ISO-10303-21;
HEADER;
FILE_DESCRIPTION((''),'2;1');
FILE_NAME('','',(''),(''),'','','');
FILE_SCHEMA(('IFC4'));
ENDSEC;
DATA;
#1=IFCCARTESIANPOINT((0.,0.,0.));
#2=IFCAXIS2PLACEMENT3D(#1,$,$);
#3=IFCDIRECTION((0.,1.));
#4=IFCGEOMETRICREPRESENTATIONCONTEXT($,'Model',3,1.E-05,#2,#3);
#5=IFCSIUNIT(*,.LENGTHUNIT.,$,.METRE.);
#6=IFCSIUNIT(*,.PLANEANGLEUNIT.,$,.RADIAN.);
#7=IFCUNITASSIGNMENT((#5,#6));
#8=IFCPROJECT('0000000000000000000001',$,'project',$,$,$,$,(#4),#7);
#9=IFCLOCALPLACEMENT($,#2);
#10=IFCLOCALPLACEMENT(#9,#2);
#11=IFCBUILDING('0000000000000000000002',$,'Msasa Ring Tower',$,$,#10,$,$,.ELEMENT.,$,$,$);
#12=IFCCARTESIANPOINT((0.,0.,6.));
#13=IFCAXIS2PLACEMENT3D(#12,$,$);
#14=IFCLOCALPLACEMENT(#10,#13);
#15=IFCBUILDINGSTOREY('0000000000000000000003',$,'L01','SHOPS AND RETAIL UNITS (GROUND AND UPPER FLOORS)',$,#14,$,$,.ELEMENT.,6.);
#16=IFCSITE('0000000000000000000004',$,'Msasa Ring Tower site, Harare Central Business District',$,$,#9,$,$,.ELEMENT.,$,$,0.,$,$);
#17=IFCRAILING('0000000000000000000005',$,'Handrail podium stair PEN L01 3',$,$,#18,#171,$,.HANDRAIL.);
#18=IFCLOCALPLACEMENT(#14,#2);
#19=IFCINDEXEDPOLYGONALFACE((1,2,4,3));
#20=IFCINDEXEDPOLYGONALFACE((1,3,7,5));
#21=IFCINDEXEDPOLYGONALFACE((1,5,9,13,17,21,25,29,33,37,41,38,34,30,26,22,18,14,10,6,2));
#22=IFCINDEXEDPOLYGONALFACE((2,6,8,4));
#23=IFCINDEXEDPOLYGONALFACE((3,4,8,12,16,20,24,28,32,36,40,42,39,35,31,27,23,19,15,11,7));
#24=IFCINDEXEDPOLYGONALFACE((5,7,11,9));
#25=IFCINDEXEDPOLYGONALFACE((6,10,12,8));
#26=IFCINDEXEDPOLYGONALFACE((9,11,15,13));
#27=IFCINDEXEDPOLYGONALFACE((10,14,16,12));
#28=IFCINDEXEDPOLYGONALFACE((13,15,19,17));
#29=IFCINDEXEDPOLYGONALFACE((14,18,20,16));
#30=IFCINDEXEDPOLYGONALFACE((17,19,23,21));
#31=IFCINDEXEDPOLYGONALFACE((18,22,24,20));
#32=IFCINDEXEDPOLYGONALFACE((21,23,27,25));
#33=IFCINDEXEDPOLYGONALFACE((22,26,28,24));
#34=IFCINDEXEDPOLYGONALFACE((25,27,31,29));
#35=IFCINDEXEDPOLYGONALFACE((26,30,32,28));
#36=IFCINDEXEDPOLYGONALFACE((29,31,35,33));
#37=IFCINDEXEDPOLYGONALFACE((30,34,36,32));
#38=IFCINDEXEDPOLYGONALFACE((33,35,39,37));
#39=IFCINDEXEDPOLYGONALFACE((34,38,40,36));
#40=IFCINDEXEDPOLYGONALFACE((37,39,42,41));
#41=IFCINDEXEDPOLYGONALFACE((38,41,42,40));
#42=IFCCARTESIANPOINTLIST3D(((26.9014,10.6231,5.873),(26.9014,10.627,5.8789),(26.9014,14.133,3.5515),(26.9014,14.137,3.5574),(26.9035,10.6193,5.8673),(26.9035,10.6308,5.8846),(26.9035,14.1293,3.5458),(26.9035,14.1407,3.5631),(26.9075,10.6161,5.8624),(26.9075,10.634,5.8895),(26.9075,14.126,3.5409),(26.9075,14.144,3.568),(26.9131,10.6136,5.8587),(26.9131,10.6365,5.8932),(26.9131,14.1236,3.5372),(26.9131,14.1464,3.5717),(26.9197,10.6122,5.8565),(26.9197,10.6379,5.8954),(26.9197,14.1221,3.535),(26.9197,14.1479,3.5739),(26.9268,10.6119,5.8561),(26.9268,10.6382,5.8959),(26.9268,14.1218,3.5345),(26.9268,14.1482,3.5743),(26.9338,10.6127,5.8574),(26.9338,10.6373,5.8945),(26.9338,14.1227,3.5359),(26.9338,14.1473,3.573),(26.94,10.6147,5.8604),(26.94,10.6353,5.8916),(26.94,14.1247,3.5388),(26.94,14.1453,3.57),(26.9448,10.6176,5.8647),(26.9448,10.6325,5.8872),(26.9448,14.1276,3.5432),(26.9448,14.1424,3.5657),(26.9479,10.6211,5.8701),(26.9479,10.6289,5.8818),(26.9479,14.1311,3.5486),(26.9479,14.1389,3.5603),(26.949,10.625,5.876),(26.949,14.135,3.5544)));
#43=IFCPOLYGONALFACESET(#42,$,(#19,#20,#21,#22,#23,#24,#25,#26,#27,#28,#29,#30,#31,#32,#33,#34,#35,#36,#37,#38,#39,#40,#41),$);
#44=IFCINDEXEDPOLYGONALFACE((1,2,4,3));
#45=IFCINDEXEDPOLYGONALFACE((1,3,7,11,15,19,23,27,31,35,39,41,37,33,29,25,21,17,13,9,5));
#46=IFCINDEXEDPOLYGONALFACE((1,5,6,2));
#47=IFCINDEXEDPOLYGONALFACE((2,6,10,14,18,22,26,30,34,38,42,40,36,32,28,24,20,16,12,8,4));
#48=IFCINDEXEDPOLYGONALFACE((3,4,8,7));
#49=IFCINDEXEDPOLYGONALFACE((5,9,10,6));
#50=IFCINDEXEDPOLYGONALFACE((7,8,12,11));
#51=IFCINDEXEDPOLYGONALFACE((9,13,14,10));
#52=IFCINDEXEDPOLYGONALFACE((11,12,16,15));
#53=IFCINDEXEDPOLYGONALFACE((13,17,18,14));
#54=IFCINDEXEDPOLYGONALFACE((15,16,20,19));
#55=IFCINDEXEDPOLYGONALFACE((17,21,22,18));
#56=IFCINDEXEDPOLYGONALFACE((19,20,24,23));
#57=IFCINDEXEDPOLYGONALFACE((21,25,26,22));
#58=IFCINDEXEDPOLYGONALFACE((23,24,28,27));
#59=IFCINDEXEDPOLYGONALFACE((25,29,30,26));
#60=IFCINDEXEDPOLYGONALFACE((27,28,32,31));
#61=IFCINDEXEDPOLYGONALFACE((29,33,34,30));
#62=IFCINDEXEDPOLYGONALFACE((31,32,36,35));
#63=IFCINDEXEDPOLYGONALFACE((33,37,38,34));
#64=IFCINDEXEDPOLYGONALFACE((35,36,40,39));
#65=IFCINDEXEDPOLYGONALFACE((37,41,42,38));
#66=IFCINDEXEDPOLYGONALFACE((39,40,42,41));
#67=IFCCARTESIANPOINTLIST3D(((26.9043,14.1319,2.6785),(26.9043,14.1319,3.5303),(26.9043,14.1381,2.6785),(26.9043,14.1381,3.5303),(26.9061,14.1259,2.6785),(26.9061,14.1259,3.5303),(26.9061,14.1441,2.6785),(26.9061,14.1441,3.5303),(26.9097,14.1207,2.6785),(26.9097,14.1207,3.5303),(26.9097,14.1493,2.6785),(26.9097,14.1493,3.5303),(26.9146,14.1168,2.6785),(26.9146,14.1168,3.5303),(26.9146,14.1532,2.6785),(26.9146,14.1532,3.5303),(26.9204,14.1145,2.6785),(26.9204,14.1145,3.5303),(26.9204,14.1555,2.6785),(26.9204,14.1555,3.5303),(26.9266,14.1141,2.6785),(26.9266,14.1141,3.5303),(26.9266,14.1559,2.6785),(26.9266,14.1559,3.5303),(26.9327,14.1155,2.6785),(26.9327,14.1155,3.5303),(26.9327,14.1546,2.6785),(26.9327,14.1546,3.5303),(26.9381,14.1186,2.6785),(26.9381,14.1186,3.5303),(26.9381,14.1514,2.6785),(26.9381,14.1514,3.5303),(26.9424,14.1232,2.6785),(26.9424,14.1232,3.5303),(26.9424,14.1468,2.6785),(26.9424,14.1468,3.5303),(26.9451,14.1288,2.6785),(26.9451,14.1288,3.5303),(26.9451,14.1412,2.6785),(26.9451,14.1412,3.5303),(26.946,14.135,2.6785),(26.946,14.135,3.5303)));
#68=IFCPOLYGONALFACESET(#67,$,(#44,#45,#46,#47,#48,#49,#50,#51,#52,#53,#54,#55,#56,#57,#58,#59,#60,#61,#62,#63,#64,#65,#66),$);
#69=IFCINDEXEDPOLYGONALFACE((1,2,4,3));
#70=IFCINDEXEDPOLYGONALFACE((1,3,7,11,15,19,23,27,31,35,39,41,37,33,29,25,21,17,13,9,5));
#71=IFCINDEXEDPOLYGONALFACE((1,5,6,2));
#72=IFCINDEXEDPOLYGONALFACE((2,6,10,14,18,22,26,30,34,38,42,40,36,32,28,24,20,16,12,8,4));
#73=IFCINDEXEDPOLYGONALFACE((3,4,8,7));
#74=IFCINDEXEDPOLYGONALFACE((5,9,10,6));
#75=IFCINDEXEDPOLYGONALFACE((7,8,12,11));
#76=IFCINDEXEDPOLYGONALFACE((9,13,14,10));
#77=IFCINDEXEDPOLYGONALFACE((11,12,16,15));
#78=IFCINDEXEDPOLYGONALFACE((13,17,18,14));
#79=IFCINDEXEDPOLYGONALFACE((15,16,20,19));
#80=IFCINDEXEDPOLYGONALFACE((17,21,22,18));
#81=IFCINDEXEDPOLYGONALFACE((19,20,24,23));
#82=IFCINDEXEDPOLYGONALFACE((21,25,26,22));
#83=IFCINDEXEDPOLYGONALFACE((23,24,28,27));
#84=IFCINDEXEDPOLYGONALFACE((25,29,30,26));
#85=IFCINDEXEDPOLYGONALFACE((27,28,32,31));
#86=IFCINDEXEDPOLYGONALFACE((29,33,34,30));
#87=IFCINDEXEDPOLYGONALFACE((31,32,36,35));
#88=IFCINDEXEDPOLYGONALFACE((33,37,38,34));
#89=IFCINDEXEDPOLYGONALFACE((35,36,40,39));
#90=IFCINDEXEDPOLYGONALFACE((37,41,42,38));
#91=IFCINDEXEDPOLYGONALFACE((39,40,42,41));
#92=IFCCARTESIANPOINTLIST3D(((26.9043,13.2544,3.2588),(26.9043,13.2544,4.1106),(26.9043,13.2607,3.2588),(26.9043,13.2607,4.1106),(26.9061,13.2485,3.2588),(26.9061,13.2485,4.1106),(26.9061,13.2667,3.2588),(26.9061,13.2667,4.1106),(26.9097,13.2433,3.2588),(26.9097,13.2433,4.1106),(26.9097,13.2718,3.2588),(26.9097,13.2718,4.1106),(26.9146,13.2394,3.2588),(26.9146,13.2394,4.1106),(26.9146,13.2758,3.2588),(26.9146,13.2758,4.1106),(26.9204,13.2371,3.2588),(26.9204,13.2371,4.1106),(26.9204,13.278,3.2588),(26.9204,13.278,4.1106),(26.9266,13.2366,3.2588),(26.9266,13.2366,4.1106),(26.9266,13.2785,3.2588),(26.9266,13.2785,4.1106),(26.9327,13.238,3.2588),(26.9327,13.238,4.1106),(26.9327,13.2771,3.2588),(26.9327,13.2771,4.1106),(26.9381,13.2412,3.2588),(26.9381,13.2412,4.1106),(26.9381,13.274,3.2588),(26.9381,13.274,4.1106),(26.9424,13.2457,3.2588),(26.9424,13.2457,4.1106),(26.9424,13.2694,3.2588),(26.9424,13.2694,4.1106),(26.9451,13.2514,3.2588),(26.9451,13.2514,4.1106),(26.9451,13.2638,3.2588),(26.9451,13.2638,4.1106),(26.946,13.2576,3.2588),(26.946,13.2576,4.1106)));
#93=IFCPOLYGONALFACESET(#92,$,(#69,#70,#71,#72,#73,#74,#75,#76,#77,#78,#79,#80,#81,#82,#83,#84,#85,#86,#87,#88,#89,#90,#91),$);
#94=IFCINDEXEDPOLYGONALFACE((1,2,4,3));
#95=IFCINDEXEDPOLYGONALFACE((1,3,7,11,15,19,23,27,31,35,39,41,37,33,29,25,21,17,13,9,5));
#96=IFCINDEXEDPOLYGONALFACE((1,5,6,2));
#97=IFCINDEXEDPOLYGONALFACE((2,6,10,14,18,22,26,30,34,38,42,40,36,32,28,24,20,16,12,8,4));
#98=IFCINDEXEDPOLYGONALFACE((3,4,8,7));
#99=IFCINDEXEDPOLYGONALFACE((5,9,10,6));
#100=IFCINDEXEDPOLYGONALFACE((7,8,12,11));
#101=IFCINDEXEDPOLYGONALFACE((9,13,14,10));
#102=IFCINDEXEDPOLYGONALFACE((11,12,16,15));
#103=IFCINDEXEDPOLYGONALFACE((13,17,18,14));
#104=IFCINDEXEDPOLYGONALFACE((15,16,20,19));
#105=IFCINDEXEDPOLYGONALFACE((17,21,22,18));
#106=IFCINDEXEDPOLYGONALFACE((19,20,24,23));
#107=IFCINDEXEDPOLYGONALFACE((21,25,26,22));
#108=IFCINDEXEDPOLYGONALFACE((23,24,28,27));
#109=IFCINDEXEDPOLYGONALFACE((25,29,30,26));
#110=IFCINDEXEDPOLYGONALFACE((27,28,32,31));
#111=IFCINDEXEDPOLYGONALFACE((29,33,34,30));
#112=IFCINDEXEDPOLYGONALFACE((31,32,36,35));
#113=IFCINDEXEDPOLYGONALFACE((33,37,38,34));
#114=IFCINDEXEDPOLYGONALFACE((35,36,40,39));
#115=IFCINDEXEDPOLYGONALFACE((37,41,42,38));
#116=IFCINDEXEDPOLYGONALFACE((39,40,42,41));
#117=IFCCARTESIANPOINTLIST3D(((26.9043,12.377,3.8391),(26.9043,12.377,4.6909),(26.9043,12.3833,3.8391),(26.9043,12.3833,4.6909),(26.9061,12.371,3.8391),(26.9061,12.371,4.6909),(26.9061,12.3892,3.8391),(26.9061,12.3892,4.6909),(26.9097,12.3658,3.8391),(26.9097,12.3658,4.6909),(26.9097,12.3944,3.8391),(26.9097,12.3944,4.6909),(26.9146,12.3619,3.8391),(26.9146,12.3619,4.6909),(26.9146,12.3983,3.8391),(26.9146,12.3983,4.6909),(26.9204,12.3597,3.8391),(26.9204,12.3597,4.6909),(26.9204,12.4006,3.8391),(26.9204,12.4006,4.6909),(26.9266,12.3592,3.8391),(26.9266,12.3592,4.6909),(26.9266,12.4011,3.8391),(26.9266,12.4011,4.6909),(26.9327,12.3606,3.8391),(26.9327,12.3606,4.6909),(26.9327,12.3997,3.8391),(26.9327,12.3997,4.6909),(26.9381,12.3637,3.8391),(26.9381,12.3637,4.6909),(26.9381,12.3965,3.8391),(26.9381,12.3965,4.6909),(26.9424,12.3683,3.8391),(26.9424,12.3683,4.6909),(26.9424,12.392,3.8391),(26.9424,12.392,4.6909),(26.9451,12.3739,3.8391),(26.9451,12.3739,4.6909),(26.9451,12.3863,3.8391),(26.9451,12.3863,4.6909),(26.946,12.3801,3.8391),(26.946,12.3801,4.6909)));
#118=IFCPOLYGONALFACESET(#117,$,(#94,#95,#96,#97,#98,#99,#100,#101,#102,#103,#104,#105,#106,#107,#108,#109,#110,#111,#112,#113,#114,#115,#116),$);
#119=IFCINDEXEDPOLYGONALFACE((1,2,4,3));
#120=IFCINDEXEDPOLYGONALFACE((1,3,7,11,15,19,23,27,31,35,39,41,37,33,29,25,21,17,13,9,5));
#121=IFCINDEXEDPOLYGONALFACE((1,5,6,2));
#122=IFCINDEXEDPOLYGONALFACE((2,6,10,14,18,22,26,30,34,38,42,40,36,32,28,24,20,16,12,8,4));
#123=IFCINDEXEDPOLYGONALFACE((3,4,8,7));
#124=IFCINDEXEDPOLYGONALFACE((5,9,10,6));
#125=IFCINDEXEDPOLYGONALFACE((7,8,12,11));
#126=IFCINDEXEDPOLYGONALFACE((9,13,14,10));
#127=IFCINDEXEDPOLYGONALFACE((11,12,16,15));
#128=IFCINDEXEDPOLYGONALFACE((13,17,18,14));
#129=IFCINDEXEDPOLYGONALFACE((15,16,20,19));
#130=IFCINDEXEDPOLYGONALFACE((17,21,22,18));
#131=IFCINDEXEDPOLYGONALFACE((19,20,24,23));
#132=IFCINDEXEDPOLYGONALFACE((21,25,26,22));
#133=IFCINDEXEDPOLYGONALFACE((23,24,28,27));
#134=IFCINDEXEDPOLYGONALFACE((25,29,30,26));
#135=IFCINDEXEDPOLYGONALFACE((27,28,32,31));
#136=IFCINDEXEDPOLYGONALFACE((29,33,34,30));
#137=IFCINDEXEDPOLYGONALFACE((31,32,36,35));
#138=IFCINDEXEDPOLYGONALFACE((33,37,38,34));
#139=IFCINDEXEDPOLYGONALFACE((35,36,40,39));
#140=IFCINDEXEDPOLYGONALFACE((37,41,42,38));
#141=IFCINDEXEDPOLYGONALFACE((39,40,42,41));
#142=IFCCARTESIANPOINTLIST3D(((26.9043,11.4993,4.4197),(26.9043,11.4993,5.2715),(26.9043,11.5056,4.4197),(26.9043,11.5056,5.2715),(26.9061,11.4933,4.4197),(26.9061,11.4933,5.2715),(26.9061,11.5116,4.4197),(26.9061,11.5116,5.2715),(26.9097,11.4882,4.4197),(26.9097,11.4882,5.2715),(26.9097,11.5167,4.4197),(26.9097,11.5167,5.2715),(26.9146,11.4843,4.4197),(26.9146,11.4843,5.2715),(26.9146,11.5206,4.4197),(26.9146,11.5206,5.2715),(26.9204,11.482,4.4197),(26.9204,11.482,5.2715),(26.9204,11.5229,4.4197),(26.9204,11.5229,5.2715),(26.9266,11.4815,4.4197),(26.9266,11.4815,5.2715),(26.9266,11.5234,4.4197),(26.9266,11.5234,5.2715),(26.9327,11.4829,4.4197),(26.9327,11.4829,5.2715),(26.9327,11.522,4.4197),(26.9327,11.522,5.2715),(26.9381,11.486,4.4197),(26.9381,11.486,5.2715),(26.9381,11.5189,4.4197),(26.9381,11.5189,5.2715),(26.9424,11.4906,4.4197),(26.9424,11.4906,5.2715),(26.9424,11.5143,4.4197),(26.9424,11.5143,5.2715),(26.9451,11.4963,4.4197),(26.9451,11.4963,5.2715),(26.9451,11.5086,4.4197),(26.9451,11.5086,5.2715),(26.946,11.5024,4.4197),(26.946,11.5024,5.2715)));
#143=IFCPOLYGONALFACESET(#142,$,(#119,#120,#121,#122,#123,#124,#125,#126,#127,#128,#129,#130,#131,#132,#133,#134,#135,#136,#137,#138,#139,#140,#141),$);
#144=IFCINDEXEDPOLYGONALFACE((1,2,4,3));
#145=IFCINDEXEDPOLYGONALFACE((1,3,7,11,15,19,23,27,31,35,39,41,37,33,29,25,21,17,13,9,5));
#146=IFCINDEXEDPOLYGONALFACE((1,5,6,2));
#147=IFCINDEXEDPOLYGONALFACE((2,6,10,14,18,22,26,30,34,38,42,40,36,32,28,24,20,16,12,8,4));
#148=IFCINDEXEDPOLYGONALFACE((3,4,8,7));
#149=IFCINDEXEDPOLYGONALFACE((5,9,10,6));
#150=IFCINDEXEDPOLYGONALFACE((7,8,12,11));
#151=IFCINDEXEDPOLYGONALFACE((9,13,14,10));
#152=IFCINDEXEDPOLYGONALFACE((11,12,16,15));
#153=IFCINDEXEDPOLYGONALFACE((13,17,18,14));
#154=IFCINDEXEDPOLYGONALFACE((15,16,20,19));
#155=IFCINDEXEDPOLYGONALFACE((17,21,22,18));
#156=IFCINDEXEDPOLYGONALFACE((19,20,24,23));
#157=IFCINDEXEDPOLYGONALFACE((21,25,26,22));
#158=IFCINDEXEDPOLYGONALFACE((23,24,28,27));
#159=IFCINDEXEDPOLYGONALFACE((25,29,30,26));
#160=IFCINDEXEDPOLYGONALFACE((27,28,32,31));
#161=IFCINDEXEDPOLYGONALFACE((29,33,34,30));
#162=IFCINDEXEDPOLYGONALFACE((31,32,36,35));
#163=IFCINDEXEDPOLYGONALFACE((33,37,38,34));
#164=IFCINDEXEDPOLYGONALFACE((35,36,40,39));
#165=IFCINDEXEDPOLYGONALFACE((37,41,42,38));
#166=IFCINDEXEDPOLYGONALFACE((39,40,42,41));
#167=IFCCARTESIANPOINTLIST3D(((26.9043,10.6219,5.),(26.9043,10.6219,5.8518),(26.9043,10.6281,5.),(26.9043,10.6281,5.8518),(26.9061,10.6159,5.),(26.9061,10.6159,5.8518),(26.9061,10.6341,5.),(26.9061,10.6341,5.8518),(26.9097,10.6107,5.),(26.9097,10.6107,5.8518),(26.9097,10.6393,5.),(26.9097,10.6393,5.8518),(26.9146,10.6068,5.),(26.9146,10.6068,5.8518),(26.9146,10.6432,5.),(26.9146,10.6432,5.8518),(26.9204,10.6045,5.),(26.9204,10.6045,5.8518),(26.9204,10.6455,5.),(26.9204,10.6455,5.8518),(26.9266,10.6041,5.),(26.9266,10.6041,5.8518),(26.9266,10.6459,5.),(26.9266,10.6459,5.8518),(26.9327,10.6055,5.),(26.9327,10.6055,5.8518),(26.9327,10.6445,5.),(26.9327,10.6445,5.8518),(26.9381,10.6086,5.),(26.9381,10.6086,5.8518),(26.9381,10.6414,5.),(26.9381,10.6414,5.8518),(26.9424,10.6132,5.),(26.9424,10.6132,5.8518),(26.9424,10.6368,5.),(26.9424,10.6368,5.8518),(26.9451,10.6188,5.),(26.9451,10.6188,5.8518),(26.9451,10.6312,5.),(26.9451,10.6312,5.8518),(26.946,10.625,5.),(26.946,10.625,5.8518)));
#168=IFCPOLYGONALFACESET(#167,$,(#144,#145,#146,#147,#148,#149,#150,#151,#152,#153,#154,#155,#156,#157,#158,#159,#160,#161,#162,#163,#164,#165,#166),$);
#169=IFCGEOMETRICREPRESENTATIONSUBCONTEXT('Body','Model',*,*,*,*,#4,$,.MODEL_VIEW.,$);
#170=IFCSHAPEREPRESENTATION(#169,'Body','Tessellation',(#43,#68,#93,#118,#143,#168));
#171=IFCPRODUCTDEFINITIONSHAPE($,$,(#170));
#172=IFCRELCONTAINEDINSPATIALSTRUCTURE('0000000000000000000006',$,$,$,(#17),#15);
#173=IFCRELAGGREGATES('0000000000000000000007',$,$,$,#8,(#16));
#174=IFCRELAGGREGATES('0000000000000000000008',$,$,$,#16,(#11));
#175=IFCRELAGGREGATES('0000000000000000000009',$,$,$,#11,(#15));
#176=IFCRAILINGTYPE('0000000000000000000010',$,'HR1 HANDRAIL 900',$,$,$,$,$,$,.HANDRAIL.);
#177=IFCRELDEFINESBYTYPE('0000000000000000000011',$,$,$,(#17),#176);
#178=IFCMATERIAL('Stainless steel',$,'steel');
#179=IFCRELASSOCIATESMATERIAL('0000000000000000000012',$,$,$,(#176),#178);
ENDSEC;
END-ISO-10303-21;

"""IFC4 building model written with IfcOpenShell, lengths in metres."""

from ifc_helpers import new_model, si_unit, direction, frame, origin, origin_2d, place, context, subcontext, project, spatial, circle, extrude, material, type_object, element, save


model = new_model("IFC4")

# Units and contexts
model_context = context("Model", 3, precision=1e-05, world=origin(), true_north=direction((0.0, 1.0)))
body_context = subcontext(model_context, "Body", "Model", "MODEL_VIEW")
ifc_project = project(units=[si_unit("LENGTHUNIT", "METRE"), si_unit("PLANEANGLEUNIT", "RADIAN")], contexts=[model_context])

# Site, building, storey
site_placement = place(None, origin())
site = spatial("IfcSite", under=ifc_project, at=site_placement, Name="Msasa Ring Tower site, Harare Central Business District", CompositionType="ELEMENT", RefElevation=0.0)
building_placement = place(site_placement, origin())
building = spatial("IfcBuilding", under=site, at=building_placement, Name="Msasa Ring Tower", CompositionType="ELEMENT")
storey_placement = place(building_placement, frame((0.0, 0.0, 6.0)))
storey = spatial("IfcBuildingStorey", under=building, at=storey_placement, Name="L01", Description="SHOPS AND RETAIL UNITS (GROUND AND UPPER FLOORS)", CompositionType="ELEMENT", Elevation=6.0)

# Railing
ifc_material_1 = material(Name="Stainless steel", Category="steel")
railing_type = type_object("IfcRailingType", Name="HR1 HANDRAIL 900", PredefinedType="HANDRAIL", material=ifc_material_1)
for number, where, name in (
    (1, (26.925, 14.135, 2.6785), "Handrail podium stair PEN L01 3"),
):
    element("IfcRailing", number, at=place(storey_placement, frame(where)), inside=storey, type_object=railing_type, Name=name, PredefinedType="HANDRAIL", context=body_context, shape_type="SweptSolid", body=[
        extrude(circle(Radius=0.0239, at=origin_2d()), frame((0.0, 0.0, 0.876), z_axis=(0.0, -0.834071, 0.551657), x_axis=(1.0, 0.0, 0.0)), (0.0, 0.0, 1.0), 4.2083),
        extrude(circle(Radius=0.021, at=origin_2d()), origin(), (0.0, 0.0, 1.0), 0.8518),
        extrude(circle(Radius=0.021, at=origin_2d()), frame((0.0, -0.8774, 0.5803)), (0.0, 0.0, 1.0), 0.8518),
        extrude(circle(Radius=0.021, at=origin_2d()), frame((0.0, -1.7549, 1.1606)), (0.0, 0.0, 1.0), 0.8518),
        extrude(circle(Radius=0.021, at=origin_2d()), frame((0.0, -2.6326, 1.7412)), (0.0, 0.0, 1.0), 0.8518),
        extrude(circle(Radius=0.021, at=origin_2d()), frame((0.0, -3.51, 2.3215)), (0.0, 0.0, 1.0), 0.8518),
    ])

save(model, "model.ifc")
